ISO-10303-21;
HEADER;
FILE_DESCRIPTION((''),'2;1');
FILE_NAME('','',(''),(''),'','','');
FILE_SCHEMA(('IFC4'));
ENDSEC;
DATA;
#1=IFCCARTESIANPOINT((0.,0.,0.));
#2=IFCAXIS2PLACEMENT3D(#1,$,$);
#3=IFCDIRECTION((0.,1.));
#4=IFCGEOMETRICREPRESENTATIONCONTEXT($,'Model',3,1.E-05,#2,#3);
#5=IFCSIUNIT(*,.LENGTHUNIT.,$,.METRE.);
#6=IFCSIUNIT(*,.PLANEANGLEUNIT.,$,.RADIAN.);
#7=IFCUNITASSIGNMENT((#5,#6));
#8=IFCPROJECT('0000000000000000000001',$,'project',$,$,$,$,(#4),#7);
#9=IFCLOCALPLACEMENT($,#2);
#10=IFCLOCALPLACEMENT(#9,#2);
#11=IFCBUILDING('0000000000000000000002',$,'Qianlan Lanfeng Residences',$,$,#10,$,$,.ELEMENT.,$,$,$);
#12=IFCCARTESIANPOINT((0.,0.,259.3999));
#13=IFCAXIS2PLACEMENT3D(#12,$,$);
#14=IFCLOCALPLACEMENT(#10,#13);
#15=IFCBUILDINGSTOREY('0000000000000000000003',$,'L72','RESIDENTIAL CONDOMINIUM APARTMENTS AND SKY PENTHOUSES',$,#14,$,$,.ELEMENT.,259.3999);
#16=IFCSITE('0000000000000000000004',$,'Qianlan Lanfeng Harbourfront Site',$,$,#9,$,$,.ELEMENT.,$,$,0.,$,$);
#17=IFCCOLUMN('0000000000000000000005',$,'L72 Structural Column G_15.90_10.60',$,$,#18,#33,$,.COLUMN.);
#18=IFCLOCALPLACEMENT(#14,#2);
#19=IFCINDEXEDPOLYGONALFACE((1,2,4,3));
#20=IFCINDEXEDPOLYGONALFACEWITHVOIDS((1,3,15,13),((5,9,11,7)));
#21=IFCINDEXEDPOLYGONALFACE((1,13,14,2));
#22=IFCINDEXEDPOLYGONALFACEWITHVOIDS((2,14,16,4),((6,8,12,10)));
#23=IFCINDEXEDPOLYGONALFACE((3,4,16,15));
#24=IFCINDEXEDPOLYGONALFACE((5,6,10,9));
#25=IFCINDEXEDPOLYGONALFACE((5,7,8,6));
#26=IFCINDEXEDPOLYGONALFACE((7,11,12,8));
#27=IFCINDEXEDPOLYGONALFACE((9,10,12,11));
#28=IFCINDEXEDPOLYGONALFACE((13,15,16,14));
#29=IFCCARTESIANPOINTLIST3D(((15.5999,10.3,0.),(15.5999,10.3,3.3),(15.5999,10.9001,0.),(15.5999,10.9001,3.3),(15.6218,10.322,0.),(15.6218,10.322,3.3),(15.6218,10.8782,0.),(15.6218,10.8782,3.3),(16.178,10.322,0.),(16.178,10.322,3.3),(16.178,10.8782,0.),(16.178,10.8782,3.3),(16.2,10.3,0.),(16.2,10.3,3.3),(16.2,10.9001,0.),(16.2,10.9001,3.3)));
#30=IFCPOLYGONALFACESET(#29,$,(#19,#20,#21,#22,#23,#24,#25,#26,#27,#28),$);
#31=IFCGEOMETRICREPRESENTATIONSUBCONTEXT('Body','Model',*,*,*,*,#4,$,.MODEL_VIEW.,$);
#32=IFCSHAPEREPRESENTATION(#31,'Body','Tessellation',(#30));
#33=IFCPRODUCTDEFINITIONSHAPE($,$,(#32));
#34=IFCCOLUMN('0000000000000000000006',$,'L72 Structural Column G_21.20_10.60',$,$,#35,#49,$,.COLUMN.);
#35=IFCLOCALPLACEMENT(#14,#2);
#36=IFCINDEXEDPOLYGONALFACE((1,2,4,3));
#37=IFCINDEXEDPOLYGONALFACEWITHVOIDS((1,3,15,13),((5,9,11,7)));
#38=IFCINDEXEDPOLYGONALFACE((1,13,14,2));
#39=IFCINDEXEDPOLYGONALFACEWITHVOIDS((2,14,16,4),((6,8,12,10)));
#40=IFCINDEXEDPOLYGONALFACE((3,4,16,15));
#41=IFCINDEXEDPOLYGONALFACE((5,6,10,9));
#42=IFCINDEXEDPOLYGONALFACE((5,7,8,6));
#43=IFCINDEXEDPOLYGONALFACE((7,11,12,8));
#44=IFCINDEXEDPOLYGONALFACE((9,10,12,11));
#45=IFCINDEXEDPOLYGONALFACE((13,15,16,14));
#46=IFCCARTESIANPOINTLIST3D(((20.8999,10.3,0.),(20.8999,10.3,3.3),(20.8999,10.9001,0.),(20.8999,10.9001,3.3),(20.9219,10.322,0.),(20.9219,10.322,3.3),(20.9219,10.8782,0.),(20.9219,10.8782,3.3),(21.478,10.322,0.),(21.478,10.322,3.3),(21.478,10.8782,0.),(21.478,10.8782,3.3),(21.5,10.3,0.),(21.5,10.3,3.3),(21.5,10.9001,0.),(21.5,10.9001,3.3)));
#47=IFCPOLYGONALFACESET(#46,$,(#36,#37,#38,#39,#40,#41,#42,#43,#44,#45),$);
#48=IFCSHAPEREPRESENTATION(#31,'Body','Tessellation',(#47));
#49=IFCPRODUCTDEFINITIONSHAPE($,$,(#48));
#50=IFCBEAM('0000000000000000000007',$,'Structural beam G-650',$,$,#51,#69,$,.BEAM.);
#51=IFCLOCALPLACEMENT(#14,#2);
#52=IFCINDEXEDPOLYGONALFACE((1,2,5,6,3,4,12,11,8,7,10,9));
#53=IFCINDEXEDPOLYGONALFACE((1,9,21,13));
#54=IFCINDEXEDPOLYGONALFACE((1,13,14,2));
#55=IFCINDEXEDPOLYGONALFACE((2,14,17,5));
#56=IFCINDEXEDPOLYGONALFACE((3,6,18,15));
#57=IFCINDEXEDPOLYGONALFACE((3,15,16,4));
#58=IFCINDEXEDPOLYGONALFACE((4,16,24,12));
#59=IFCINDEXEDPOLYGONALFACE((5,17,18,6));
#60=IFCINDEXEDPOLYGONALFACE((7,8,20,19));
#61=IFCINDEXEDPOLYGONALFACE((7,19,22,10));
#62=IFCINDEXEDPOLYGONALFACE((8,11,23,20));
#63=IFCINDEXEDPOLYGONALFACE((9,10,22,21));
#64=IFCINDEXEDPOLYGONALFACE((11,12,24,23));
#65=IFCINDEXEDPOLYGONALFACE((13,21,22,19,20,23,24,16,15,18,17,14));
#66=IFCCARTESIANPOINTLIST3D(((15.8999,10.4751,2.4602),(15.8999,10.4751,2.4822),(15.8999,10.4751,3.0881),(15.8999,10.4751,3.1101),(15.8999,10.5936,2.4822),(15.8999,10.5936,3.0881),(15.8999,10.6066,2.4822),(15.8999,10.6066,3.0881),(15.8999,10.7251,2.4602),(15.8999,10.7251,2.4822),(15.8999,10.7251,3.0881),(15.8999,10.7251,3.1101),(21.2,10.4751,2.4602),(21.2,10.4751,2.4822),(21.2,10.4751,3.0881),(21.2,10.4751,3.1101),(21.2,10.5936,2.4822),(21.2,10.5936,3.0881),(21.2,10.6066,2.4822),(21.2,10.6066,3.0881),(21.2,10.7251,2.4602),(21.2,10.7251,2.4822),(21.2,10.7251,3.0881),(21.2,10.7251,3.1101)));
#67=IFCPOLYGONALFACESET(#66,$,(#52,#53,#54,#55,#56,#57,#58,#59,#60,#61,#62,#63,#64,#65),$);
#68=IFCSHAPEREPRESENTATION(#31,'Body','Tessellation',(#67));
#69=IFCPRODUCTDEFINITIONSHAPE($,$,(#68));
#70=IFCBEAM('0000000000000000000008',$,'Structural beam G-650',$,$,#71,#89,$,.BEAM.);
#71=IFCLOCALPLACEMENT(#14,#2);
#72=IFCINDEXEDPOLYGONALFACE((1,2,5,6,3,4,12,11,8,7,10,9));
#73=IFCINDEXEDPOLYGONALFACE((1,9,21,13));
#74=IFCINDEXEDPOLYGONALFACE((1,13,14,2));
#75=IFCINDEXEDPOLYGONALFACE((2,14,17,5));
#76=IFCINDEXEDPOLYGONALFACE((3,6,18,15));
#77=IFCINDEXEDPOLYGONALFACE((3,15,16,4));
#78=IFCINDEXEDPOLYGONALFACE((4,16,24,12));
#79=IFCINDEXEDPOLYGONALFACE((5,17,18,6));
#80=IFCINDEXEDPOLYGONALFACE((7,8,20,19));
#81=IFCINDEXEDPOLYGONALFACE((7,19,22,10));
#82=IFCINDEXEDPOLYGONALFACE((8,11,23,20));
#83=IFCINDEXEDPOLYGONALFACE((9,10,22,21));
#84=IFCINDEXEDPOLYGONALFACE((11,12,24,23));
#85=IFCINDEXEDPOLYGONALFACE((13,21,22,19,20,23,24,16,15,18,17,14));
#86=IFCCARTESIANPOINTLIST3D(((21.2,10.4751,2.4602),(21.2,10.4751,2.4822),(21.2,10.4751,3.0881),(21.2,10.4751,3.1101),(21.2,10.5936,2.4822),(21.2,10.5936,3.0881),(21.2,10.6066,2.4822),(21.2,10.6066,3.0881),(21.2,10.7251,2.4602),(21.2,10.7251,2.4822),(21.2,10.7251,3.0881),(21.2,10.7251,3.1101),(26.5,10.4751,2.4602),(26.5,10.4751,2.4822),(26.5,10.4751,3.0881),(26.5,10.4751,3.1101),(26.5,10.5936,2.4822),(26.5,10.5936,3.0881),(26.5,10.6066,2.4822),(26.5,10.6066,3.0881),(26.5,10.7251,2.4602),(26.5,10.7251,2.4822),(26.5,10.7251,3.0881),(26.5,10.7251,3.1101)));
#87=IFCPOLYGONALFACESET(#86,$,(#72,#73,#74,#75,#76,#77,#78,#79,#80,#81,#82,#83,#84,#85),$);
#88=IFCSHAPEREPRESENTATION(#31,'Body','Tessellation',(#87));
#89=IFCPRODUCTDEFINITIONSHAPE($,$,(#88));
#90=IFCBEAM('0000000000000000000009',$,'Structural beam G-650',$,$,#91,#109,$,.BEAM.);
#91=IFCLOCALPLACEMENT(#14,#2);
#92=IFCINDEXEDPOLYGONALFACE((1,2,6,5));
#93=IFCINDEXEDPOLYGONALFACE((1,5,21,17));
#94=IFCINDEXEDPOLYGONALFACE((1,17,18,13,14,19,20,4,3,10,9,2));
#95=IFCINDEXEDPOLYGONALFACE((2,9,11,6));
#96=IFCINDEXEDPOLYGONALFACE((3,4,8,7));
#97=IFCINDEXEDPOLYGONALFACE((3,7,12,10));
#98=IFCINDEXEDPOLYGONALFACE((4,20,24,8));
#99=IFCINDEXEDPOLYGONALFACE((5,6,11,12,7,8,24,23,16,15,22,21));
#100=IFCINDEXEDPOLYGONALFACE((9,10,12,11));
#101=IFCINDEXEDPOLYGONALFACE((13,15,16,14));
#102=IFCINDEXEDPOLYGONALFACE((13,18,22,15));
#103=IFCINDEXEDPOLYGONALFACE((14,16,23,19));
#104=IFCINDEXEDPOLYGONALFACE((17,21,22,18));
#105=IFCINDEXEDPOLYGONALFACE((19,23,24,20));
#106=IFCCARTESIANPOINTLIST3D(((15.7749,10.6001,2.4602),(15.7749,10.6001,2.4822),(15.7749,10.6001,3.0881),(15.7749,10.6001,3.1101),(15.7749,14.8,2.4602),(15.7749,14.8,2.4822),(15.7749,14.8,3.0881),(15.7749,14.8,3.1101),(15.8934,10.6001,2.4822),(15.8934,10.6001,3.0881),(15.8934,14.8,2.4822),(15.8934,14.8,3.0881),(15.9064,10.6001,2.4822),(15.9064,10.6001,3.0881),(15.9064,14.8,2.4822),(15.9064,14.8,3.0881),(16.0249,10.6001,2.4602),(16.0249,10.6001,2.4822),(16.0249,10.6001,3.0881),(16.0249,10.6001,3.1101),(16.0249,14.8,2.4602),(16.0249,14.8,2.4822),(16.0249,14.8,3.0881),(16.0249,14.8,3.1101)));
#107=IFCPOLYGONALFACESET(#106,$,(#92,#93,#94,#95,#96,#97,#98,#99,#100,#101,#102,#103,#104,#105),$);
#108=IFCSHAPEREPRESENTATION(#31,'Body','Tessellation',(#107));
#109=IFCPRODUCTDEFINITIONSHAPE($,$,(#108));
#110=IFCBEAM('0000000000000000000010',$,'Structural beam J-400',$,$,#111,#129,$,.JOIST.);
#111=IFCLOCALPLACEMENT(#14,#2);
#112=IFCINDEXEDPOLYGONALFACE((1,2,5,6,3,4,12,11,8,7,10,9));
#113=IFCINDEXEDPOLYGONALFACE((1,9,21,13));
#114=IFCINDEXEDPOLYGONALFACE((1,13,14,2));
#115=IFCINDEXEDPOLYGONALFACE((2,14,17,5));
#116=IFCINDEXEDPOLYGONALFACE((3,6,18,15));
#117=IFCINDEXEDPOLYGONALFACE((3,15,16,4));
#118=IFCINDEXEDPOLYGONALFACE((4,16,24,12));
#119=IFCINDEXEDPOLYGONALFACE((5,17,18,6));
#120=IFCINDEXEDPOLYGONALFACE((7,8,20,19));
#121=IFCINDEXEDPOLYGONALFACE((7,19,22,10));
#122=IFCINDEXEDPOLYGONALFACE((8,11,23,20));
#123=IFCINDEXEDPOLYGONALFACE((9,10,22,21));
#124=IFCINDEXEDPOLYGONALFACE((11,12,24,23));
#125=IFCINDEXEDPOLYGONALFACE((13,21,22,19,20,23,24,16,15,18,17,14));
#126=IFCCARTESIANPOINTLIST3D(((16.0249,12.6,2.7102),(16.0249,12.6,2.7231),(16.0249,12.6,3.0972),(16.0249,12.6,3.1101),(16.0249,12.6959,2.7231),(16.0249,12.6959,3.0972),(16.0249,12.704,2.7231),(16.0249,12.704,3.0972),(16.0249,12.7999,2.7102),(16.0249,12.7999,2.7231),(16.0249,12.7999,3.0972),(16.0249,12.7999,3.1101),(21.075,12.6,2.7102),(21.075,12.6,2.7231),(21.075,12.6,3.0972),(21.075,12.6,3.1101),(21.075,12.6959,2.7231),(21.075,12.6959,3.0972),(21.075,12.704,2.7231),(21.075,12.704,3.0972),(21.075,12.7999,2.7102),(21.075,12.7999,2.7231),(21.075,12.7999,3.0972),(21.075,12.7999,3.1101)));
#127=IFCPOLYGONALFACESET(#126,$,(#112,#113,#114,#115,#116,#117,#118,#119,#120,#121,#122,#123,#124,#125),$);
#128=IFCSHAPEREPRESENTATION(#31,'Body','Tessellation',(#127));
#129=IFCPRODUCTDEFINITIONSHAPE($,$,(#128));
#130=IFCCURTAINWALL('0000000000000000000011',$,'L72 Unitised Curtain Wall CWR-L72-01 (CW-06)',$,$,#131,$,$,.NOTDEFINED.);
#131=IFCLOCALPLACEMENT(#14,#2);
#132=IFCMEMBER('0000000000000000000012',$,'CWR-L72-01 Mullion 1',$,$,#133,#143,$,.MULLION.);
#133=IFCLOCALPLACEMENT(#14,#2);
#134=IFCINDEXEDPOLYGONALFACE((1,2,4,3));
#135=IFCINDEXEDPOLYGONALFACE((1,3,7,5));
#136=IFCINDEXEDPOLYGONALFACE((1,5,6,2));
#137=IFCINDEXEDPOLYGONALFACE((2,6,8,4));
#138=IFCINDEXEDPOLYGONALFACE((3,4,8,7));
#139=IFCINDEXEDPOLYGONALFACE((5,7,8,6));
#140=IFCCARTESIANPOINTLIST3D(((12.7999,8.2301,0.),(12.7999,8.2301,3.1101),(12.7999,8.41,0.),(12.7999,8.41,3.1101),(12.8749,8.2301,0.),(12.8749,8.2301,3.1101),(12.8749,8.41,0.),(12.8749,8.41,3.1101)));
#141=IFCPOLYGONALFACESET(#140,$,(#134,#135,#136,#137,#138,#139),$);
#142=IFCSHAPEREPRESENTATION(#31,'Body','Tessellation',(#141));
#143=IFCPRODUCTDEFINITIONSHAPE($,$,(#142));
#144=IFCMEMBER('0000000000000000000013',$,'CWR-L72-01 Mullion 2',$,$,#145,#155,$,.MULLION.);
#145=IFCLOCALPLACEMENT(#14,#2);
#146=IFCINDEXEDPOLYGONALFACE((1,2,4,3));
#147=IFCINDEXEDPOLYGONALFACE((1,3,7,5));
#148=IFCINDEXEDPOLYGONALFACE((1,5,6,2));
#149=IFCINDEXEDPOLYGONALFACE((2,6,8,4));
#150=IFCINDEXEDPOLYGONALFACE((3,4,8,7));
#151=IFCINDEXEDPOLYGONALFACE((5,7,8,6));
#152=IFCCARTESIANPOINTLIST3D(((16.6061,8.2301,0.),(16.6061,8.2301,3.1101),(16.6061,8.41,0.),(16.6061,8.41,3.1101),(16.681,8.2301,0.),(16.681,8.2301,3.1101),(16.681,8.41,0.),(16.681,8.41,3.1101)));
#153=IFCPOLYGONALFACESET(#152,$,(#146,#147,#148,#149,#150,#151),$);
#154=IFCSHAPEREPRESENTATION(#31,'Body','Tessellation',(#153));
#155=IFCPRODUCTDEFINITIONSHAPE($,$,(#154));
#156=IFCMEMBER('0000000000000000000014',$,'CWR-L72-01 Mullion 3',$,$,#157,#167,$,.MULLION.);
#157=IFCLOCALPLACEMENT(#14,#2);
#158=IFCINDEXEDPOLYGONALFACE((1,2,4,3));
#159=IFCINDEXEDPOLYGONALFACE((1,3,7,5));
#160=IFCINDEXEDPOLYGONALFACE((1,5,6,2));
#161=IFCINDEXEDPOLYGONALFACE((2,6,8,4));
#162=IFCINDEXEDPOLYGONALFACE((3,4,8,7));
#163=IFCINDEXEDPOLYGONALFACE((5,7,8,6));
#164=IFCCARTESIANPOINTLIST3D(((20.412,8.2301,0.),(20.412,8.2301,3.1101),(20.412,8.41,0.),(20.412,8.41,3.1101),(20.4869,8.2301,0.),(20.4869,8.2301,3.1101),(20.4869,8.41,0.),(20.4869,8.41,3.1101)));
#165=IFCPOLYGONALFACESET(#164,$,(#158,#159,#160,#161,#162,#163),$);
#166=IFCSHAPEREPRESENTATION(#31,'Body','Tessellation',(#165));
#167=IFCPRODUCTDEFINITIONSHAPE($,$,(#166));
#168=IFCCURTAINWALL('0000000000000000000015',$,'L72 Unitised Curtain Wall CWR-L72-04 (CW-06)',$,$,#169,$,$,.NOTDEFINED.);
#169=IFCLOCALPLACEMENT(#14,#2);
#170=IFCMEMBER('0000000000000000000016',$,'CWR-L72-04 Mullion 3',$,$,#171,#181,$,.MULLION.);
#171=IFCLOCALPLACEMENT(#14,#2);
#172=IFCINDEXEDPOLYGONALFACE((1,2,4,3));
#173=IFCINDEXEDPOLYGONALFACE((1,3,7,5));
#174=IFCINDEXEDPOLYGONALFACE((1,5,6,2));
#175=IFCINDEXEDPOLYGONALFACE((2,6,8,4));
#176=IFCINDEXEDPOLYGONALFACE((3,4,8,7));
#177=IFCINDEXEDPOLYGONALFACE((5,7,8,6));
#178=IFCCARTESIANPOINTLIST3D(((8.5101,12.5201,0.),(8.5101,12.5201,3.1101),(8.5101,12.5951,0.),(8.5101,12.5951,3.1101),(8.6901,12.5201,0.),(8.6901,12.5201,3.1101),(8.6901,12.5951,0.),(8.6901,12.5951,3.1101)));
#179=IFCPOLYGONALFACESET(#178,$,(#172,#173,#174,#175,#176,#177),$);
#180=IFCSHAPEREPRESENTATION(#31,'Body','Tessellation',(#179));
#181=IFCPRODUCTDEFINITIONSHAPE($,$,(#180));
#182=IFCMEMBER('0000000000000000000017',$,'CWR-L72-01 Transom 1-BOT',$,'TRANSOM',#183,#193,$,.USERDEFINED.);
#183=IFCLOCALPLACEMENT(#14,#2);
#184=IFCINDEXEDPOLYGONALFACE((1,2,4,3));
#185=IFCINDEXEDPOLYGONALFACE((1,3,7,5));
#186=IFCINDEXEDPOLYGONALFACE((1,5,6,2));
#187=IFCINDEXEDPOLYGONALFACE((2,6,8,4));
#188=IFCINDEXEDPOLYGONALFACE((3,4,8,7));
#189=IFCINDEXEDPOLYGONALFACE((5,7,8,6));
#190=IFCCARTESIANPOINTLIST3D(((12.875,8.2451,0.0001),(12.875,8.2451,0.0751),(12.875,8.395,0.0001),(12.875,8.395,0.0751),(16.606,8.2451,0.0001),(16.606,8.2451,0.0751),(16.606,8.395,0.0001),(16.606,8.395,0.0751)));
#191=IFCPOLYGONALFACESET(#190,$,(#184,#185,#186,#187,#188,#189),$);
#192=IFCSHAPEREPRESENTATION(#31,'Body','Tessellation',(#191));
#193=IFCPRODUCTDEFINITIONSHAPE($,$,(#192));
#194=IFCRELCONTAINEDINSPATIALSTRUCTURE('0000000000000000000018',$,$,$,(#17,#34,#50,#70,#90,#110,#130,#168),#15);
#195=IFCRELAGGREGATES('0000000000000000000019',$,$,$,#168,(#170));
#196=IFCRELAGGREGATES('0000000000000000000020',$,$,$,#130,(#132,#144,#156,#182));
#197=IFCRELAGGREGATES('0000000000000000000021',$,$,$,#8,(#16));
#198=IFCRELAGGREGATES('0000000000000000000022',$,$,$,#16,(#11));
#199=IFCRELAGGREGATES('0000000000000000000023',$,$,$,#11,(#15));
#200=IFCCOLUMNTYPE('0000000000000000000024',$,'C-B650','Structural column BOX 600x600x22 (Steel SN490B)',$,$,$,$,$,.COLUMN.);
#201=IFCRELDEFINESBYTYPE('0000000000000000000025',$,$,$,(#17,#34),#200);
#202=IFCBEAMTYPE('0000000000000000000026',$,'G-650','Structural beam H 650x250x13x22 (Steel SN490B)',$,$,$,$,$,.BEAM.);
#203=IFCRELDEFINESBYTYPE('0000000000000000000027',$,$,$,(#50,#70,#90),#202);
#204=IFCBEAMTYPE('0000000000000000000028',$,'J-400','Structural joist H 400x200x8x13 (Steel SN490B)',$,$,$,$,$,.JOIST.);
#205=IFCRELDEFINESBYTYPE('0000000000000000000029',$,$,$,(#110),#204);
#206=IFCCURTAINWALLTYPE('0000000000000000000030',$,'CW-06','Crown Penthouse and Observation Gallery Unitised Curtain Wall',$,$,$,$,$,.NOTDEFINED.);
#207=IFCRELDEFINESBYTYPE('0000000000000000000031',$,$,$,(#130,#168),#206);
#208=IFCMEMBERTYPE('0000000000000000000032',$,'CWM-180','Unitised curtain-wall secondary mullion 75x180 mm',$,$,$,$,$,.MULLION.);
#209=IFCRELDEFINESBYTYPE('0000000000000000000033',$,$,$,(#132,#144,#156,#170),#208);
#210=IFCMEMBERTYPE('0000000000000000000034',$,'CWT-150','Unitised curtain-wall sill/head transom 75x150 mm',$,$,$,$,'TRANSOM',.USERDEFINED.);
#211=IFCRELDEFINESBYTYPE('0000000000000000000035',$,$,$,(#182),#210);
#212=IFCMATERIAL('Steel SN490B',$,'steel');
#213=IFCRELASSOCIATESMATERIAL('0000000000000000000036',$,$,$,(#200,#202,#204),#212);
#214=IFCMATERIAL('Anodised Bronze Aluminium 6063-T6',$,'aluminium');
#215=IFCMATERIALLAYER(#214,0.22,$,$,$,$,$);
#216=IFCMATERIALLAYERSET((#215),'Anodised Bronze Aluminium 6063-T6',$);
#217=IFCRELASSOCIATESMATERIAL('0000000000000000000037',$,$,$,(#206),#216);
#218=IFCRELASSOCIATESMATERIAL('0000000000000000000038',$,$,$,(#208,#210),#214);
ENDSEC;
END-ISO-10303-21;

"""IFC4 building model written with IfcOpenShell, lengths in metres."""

from ifc_helpers import new_model, si_unit, direction, frame, origin, origin_2d, place, context, subcontext, project, spatial, rectangle, hollow_rectangle, i_section, extrude, source, transform, mapped, material, layer, layer_set, material_profile, profile_set, type_object, element, aggregate, save


model = new_model("IFC4")

# Units and contexts
model_context = context("Model", 3, precision=1e-05, world=origin(), true_north=direction((0.0, 1.0)))
body_context = subcontext(model_context, "Body", "Model", "MODEL_VIEW")
ifc_project = project(units=[si_unit("LENGTHUNIT", "METRE"), si_unit("PLANEANGLEUNIT", "RADIAN")], contexts=[model_context])

# Site, building, storey
site_placement = place(None, origin())
site = spatial("IfcSite", under=ifc_project, at=site_placement, Name="Qianlan Lanfeng Harbourfront Site", CompositionType="ELEMENT", RefElevation=0.0)
building_placement = place(site_placement, origin())
building = spatial("IfcBuilding", under=site, at=building_placement, Name="Qianlan Lanfeng Residences", CompositionType="ELEMENT")
storey_placement = place(building_placement, frame((0.0, 0.0, 259.3999)))
storey = spatial("IfcBuildingStorey", under=building, at=storey_placement, Name="L72", Description="RESIDENTIAL CONDOMINIUM APARTMENTS AND SKY PENTHOUSES", CompositionType="ELEMENT", Elevation=259.3999)

# Columns
ifc_material_1 = material(Name="Steel SN490B", Category="steel")
ifc_material_profile_1 = material_profile(ifc_material_1, hollow_rectangle(XDim=0.6001, YDim=0.6001, WallThickness=0.022, at=origin_2d()), Name="BOX 600x600x22")
ifc_profile_set_1 = profile_set([ifc_material_profile_1], Name="Steel SN490B")
column_type = type_object("IfcColumnType", Name="C-B650", Description="Structural column BOX 600x600x22 (Steel SN490B)", PredefinedType="COLUMN", material=ifc_profile_set_1)
for number, where, z_axis, x_axis, name in (
    (1, (15.8999, 10.6001, 0.0), (0.0, 0.0, 1.0), (1.0, 0.0, 0.0), "L72 Structural Column G_15.90_10.60"),
    (2, (21.2, 10.6001, 0.0), (0.0, 0.0, 1.0), (1.0, 0.0, 0.0), "L72 Structural Column G_21.20_10.60"),
):
    element("IfcColumn", number, at=place(storey_placement, frame(where, z_axis=z_axis, x_axis=x_axis)), inside=storey, type_object=column_type, Name=name, PredefinedType="COLUMN", context=body_context, shape_type="SweptSolid", body=[
        extrude(hollow_rectangle(XDim=0.6001, YDim=0.6001, WallThickness=0.022, at=origin_2d()), origin(), (0.0, 0.0, 1.0), 3.3),
    ])

# Beams
ifc_material_profile_2 = material_profile(ifc_material_1, i_section(OverallWidth=0.25, OverallDepth=0.6499, WebThickness=0.0129, FlangeThickness=0.022, at=origin_2d()), Name="H 650x250x13x22")
ifc_profile_set_2 = profile_set([ifc_material_profile_2], Name="Steel SN490B")
beam_type_1 = type_object("IfcBeamType", Name="G-650", Description="Structural beam H 650x250x13x22 (Steel SN490B)", PredefinedType="BEAM", material=ifc_profile_set_2)
for number, where, z_axis, x_axis, name in (
    (3, (15.8999, 10.6001, 2.7852), (1.0, 0.0, 0.0), (0.0, 1.0, 0.0), "Structural beam G-650"),
    (4, (21.2, 10.6001, 2.7852), (1.0, 0.0, 0.0), (0.0, 1.0, 0.0), "Structural beam G-650"),
):
    element("IfcBeam", number, at=place(storey_placement, frame(where, z_axis=z_axis, x_axis=x_axis)), inside=storey, type_object=beam_type_1, Name=name, PredefinedType="BEAM", context=body_context, shape_type="SweptSolid", body=[
        extrude(i_section(OverallWidth=0.25, OverallDepth=0.6499, WebThickness=0.0129, FlangeThickness=0.022, at=origin_2d()), origin(), (0.0, 0.0, 1.0), 5.3),
    ])
beam_1_placement = place(storey_placement, frame((15.8999, 10.6001, 2.7852), z_axis=(0.0, 1.0, 0.0), x_axis=(-1.0, 0.0, 0.0)))
element("IfcBeam", 5, at=beam_1_placement, inside=storey, type_object=beam_type_1, Name="Structural beam G-650", PredefinedType="BEAM", context=body_context, shape_type="SweptSolid", body=[
    extrude(i_section(OverallWidth=0.25, OverallDepth=0.6499, WebThickness=0.0129, FlangeThickness=0.022, at=origin_2d()), origin(), (0.0, 0.0, 1.0), 4.2),
])
ifc_material_profile_3 = material_profile(ifc_material_1, i_section(OverallWidth=0.2, OverallDepth=0.3999, WebThickness=0.0081, FlangeThickness=0.0129, at=origin_2d()), Name="H 400x200x8x13")
ifc_profile_set_3 = profile_set([ifc_material_profile_3], Name="Steel SN490B")
beam_type_2 = type_object("IfcBeamType", Name="J-400", Description="Structural joist H 400x200x8x13 (Steel SN490B)", PredefinedType="JOIST", material=ifc_profile_set_3)
beam_2_placement = place(storey_placement, frame((16.0249, 12.7, 2.9102), z_axis=(1.0, 0.0, 0.0), x_axis=(0.0, 1.0, 0.0)))
element("IfcBeam", 6, at=beam_2_placement, inside=storey, type_object=beam_type_2, Name="Structural beam J-400", PredefinedType="JOIST", context=body_context, shape_type="SweptSolid", body=[
    extrude(i_section(OverallWidth=0.2, OverallDepth=0.3999, WebThickness=0.0081, FlangeThickness=0.0129, at=origin_2d()), origin(), (0.0, 0.0, 1.0), 5.05),
])

# Curtain wall, members
ifc_material_2 = material(Name="Anodised Bronze Aluminium 6063-T6", Category="aluminium")
ifc_layer_1 = layer(ifc_material_2, 0.22)
ifc_layer_set_1 = layer_set([ifc_layer_1], Name="Anodised Bronze Aluminium 6063-T6")
curtain_wall_type = type_object("IfcCurtainWallType", Name="CW-06", Description="Crown Penthouse and Observation Gallery Unitised Curtain Wall", PredefinedType="NOTDEFINED", material=ifc_layer_set_1)
curtain_wall_1_placement = place(storey_placement, origin())
curtain_wall_1 = element("IfcCurtainWall", 7, at=curtain_wall_1_placement, inside=storey, type_object=curtain_wall_type, Name="L72 Unitised Curtain Wall CWR-L72-01 (CW-06)", PredefinedType="NOTDEFINED")
ifc_material_profile_4 = material_profile(ifc_material_2, rectangle(XDim=0.075, YDim=0.1799, at=origin_2d()), Name="ALU MULLION 75x180")
ifc_profile_set_4 = profile_set([ifc_material_profile_4], Name="Anodised Bronze Aluminium 6063-T6")
member_type_1 = type_object("IfcMemberType", Name="CWM-180", Description="Unitised curtain-wall secondary mullion 75x180 mm", PredefinedType="MULLION", material=ifc_profile_set_4)
shared_shape_1 = source(origin(), body_context, "Body", "SweptSolid", [
    extrude(rectangle(XDim=0.075, YDim=0.1799, at=origin_2d()), origin(), (0.0, 0.0, 1.0), 3.1101),
])
member_1_placement = place(storey_placement, frame((12.8374, 8.3201, 0.0), z_axis=(0.0, 0.0, 1.0), x_axis=(1.0, 0.0, 0.0)))
member_1 = element("IfcMember", 8, at=member_1_placement, type_object=member_type_1, Name="CWR-L72-01 Mullion 1", PredefinedType="MULLION", context=body_context, shape_type="MappedRepresentation", body=[
    mapped(shared_shape_1, transform((0.0, 0.0, 0.0), scale=1.0)),
])
member_2_placement = place(storey_placement, frame((16.6436, 8.3201, 0.0), z_axis=(0.0, 0.0, 1.0), x_axis=(1.0, 0.0, 0.0)))
member_2 = element("IfcMember", 9, at=member_2_placement, type_object=member_type_1, Name="CWR-L72-01 Mullion 2", PredefinedType="MULLION", context=body_context, shape_type="MappedRepresentation", body=[
    mapped(shared_shape_1, transform((0.0, 0.0, 0.0), scale=1.0)),
])
member_3_placement = place(storey_placement, frame((20.4495, 8.3201, 0.0), z_axis=(0.0, 0.0, 1.0), x_axis=(1.0, 0.0, 0.0)))
member_3 = element("IfcMember", 10, at=member_3_placement, type_object=member_type_1, Name="CWR-L72-01 Mullion 3", PredefinedType="MULLION", context=body_context, shape_type="MappedRepresentation", body=[
    mapped(shared_shape_1, transform((0.0, 0.0, 0.0), scale=1.0)),
])

# Curtain wall, member
curtain_wall_2_placement = place(storey_placement, origin())
curtain_wall_2 = element("IfcCurtainWall", 11, at=curtain_wall_2_placement, inside=storey, type_object=curtain_wall_type, Name="L72 Unitised Curtain Wall CWR-L72-04 (CW-06)", PredefinedType="NOTDEFINED")
member_4_placement = place(storey_placement, frame((8.6001, 12.5576, 0.0), z_axis=(0.0, 0.0, 1.0), x_axis=(0.0, -1.0, 0.0)))
member_4 = element("IfcMember", 12, at=member_4_placement, type_object=member_type_1, Name="CWR-L72-04 Mullion 3", PredefinedType="MULLION", context=body_context, shape_type="MappedRepresentation", body=[
    mapped(shared_shape_1, transform((0.0, 0.0, 0.0), scale=1.0)),
])
aggregate(curtain_wall_2, [member_4])

# Member
ifc_material_profile_5 = material_profile(ifc_material_2, rectangle(XDim=0.075, YDim=0.1499, at=origin_2d()), Name="ALU TRANSOM 75x150")
ifc_profile_set_5 = profile_set([ifc_material_profile_5], Name="Anodised Bronze Aluminium 6063-T6")
member_type_2 = type_object("IfcMemberType", Name="CWT-150", Description="Unitised curtain-wall sill/head transom 75x150 mm", ElementType="TRANSOM", PredefinedType="USERDEFINED", material=ifc_profile_set_5)
shared_shape_2 = source(origin(), body_context, "Body", "SweptSolid", [
    extrude(rectangle(XDim=0.075, YDim=0.1499, at=origin_2d()), origin(), (0.0, 0.0, 1.0), 3.731),
])
member_5_placement = place(storey_placement, frame((12.875, 8.3201, 0.0376), z_axis=(1.0, 0.0, 0.0), x_axis=(0.0, 0.0, 1.0)))
member_5 = element("IfcMember", 13, at=member_5_placement, type_object=member_type_2, Name="CWR-L72-01 Transom 1-BOT", ObjectType="TRANSOM", PredefinedType="USERDEFINED", context=body_context, shape_type="MappedRepresentation", body=[
    mapped(shared_shape_2, transform((0.0, 0.0, 0.0), scale=1.0)),
])

aggregate(curtain_wall_1, [member_1, member_2, member_3, member_5])

save(model, "model.ifc")
